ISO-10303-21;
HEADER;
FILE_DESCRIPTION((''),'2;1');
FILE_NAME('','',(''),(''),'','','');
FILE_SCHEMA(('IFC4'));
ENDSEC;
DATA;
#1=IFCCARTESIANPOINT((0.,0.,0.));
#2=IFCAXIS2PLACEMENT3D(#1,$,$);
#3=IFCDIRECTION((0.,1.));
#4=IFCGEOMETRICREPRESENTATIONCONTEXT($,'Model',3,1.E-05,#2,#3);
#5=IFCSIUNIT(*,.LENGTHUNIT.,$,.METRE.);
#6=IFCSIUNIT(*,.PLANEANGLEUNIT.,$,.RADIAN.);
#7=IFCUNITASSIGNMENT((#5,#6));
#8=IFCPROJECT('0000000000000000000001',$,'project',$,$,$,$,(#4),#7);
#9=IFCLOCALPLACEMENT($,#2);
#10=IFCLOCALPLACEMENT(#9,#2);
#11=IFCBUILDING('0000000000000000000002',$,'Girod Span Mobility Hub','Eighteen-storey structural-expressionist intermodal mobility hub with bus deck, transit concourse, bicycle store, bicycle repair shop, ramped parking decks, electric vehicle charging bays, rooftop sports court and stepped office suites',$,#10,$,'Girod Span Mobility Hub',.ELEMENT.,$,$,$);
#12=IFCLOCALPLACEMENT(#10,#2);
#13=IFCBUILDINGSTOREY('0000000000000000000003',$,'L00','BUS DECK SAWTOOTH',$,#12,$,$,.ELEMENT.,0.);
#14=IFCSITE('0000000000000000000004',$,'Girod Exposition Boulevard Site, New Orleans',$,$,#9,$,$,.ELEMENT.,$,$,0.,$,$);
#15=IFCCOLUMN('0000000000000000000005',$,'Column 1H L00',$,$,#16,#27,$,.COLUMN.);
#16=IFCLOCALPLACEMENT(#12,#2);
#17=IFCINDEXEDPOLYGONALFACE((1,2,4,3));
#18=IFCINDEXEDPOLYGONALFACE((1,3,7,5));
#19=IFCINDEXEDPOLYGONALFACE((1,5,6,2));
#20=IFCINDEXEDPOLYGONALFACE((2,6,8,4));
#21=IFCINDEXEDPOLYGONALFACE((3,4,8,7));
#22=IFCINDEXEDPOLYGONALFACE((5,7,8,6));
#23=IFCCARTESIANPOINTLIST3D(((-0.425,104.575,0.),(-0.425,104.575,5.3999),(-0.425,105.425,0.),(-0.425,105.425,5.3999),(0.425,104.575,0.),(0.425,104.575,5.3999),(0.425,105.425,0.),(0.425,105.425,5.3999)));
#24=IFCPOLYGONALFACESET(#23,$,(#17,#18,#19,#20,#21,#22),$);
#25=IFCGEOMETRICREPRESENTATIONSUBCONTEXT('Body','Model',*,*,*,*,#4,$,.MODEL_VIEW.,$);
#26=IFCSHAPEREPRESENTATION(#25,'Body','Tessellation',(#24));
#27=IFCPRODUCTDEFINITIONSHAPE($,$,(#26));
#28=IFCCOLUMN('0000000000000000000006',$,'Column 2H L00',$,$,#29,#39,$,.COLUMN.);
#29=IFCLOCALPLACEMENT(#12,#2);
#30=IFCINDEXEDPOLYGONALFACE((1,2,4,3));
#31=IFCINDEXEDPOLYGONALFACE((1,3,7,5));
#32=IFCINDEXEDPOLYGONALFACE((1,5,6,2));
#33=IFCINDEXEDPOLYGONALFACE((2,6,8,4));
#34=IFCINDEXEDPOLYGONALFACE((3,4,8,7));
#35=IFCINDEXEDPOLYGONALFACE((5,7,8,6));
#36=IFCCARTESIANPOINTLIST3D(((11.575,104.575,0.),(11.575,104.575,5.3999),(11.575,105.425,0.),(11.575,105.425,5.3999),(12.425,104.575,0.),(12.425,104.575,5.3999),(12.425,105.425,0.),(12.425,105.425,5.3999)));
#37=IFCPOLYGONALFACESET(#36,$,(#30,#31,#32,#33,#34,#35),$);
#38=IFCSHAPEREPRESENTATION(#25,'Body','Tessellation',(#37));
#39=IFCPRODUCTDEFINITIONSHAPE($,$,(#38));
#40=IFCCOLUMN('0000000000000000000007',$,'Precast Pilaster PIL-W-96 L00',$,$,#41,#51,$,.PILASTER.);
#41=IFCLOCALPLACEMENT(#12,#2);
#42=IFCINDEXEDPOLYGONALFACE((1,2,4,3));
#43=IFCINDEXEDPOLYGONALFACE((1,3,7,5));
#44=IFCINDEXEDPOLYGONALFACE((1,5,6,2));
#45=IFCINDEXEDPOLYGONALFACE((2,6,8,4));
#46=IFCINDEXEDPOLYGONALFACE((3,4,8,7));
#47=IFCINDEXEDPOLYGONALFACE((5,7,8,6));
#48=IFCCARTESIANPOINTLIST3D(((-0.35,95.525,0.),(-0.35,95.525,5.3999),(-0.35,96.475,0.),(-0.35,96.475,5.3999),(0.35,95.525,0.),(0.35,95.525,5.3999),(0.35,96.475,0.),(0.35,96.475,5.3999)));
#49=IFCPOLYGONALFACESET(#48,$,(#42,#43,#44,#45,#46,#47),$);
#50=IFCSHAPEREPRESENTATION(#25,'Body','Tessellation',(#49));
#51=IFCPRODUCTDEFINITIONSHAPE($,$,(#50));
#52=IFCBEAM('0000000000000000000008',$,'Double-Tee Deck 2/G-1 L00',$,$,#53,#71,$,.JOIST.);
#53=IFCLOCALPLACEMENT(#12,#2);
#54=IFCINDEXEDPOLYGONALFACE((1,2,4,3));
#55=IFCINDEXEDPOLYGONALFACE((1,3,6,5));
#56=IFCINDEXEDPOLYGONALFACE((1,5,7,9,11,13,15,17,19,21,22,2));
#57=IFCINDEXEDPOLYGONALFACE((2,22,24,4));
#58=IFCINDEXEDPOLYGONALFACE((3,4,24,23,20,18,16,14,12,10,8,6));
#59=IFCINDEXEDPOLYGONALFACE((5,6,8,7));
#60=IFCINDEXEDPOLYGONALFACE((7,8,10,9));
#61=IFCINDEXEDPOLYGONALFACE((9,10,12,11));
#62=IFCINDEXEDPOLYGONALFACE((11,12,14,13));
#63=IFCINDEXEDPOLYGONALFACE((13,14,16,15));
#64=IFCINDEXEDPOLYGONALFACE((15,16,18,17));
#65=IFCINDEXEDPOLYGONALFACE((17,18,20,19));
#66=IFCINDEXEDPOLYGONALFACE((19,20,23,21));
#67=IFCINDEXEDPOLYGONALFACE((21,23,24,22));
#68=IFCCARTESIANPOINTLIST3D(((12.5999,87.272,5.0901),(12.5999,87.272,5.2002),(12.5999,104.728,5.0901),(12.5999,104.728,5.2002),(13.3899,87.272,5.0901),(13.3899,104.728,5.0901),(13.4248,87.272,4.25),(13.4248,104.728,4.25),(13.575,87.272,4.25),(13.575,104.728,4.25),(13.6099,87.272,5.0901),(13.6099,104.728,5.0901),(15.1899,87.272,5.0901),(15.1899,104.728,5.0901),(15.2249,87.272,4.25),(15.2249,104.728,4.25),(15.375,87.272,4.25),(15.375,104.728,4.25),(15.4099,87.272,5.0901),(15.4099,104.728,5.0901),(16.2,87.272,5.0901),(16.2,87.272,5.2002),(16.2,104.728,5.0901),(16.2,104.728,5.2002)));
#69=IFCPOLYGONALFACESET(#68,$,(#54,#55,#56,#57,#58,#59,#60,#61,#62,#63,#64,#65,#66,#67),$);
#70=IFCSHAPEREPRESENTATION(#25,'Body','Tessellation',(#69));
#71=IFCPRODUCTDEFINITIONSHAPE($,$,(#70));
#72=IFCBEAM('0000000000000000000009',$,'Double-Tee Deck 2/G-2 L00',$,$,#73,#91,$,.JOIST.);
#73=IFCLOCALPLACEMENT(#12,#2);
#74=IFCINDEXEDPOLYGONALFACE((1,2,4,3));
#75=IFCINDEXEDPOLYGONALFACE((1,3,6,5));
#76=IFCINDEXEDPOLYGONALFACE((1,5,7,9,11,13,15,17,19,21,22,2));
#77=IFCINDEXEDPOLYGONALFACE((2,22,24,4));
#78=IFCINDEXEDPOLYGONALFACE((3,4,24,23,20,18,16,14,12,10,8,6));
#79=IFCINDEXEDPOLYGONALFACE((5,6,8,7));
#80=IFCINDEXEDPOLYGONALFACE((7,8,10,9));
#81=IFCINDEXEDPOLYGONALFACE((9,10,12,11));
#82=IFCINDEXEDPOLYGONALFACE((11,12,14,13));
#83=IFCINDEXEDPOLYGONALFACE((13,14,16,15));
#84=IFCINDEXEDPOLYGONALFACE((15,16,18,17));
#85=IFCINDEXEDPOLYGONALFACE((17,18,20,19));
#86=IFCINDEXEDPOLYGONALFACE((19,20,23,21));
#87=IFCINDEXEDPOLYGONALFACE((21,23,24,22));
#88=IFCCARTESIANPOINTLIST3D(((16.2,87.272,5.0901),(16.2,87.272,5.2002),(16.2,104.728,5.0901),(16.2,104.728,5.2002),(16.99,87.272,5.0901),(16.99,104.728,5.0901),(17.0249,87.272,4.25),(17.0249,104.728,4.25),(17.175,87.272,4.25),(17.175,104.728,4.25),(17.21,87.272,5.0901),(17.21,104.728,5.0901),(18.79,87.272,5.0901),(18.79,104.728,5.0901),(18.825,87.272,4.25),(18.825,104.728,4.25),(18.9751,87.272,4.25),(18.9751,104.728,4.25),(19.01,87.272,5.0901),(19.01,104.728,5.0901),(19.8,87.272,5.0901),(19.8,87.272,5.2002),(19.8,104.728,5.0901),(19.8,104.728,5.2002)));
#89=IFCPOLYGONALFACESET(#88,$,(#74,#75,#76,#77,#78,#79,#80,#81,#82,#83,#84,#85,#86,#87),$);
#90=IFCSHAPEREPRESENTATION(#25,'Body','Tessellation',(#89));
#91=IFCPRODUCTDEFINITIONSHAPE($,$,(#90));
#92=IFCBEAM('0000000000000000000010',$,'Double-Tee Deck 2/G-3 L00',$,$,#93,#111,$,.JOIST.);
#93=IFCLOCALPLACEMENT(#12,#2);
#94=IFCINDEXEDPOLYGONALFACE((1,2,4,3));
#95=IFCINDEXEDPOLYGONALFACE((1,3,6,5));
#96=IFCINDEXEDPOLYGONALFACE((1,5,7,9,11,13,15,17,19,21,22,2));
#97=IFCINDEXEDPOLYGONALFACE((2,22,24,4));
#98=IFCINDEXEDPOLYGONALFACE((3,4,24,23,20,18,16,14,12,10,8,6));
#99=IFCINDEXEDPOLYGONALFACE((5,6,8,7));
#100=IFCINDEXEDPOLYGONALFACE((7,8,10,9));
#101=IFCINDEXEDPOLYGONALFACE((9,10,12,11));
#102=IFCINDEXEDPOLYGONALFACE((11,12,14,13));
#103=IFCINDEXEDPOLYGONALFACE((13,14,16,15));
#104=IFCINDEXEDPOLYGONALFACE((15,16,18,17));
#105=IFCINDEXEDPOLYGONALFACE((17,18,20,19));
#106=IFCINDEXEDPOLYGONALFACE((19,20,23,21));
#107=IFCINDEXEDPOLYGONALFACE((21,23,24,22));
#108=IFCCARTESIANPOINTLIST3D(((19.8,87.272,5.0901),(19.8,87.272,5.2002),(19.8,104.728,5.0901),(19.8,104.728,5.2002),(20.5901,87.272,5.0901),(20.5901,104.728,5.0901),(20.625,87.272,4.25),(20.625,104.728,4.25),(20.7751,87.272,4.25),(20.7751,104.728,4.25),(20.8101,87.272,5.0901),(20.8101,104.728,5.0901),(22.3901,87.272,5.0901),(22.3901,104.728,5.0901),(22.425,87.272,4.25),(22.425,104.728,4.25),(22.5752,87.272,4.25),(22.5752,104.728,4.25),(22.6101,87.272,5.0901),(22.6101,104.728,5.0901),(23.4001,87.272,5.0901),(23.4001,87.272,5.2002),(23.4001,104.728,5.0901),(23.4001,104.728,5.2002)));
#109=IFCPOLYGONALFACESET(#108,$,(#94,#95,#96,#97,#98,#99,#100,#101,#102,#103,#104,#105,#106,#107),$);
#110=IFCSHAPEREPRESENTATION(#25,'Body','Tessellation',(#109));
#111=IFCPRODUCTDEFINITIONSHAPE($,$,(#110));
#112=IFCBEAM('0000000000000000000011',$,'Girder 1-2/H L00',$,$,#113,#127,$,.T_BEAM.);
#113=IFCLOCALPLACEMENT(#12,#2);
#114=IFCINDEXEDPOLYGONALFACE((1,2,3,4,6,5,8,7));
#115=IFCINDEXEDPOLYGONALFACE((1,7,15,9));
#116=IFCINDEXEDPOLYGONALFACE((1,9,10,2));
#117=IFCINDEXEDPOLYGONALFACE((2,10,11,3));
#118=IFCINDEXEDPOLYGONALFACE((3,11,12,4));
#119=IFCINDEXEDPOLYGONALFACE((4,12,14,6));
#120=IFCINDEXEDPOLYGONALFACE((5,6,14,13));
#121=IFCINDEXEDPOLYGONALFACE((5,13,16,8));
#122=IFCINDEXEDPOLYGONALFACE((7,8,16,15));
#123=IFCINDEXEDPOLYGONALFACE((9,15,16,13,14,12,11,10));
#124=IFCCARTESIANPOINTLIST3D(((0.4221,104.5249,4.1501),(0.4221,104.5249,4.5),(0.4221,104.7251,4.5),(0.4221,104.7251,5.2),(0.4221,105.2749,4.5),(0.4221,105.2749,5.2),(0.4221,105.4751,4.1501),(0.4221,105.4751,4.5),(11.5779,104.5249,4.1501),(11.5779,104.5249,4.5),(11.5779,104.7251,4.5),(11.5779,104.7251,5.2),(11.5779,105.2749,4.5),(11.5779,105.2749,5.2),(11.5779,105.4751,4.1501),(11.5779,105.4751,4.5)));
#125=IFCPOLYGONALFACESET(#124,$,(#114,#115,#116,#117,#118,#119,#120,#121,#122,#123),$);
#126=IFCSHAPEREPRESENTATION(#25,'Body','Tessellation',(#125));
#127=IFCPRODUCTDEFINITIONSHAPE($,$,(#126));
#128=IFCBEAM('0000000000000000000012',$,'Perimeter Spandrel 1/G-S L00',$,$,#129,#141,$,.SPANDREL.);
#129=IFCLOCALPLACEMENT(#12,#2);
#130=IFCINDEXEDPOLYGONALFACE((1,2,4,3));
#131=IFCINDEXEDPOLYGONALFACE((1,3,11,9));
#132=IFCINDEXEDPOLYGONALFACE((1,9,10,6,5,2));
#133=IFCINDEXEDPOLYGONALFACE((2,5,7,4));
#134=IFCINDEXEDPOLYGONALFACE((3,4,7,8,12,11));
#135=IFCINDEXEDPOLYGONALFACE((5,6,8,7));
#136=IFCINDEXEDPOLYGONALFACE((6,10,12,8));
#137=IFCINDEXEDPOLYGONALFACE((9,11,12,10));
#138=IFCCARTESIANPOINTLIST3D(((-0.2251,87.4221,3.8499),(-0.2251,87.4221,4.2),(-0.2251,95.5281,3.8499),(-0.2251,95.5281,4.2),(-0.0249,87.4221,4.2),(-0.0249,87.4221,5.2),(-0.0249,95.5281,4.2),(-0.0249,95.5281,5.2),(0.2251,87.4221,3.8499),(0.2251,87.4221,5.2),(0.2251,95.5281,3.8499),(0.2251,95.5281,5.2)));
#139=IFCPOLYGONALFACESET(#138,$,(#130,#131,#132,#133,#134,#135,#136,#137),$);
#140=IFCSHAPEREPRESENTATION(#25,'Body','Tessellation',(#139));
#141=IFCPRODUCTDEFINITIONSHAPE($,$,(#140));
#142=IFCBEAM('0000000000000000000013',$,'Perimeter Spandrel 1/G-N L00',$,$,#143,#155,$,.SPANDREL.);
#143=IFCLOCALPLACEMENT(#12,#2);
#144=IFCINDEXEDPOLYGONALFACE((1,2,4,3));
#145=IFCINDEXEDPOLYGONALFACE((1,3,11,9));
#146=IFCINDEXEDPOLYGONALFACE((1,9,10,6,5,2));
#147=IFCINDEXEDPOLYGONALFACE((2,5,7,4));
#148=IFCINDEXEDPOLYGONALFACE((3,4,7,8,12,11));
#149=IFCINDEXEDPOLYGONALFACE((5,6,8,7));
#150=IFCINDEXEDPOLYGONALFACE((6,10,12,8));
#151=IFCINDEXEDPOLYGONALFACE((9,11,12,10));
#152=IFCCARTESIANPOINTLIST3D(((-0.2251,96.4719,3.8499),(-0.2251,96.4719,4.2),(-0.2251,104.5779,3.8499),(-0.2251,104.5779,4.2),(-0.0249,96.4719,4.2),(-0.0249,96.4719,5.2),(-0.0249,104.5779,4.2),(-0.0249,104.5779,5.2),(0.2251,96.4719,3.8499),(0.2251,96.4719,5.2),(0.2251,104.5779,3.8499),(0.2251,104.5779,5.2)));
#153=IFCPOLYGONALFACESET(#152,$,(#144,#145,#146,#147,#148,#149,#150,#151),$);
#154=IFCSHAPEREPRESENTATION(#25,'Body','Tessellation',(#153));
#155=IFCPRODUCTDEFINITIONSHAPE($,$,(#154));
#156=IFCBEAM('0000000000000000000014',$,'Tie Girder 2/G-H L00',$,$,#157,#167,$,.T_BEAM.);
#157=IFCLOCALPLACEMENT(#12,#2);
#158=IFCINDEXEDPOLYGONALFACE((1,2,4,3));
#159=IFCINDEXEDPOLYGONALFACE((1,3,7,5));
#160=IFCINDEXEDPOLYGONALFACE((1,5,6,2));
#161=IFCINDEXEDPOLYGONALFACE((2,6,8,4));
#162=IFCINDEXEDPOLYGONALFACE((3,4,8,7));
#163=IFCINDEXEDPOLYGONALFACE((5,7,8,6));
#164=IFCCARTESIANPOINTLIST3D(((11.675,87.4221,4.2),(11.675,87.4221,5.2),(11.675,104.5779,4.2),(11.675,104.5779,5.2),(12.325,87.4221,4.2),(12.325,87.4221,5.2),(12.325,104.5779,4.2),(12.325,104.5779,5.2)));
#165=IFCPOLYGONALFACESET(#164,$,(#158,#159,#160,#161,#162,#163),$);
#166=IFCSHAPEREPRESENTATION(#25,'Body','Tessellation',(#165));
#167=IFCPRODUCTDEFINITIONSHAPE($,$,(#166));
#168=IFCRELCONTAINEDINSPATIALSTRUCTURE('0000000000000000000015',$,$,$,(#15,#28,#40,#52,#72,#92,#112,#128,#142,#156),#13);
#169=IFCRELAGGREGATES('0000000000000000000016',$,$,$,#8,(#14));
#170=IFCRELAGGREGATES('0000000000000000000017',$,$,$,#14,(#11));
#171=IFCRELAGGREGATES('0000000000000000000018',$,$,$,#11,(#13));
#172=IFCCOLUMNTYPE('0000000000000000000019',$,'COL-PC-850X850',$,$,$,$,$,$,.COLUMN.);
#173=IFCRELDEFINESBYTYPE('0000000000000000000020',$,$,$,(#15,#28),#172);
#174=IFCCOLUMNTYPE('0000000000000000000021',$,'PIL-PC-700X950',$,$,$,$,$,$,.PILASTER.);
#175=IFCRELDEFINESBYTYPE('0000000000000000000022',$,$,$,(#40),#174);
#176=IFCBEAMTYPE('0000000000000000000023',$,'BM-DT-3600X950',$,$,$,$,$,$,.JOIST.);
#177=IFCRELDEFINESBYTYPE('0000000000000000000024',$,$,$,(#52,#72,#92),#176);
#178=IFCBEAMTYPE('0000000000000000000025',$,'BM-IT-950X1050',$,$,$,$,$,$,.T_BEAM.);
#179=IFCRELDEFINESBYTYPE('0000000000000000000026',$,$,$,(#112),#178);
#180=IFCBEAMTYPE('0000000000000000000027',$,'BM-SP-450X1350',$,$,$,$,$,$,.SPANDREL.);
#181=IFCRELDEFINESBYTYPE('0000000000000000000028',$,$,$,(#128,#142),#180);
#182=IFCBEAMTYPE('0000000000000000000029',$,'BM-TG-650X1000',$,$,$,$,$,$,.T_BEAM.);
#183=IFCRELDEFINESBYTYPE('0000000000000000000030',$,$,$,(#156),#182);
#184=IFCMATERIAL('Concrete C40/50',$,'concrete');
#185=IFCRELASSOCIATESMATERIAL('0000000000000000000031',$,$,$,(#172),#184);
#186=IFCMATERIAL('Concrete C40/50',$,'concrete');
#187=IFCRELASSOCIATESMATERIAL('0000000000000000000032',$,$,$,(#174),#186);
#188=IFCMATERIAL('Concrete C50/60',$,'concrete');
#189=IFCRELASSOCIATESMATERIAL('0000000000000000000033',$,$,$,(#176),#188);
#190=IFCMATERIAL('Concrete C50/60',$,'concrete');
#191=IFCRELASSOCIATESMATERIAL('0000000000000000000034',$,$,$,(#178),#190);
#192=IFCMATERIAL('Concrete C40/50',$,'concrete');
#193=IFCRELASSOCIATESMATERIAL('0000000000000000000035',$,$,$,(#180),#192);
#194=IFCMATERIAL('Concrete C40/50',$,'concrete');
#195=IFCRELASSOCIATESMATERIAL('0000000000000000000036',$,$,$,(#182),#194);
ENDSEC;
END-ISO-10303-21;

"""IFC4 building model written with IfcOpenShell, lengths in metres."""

from ifc_helpers import new_model, si_unit, direction, frame, origin, origin_2d, place, context, subcontext, project, spatial, polyline, rectangle, outline, extrude, material, material_profile, profile_set, type_object, element, save


model = new_model("IFC4")

# Units and contexts
model_context = context("Model", 3, precision=1e-05, world=origin(), true_north=direction((0.0, 1.0)))
body_context = subcontext(model_context, "Body", "Model", "MODEL_VIEW")
ifc_project = project(units=[si_unit("LENGTHUNIT", "METRE"), si_unit("PLANEANGLEUNIT", "RADIAN")], contexts=[model_context])

# Site, building, storey
site_placement = place(None, origin())
site = spatial("IfcSite", under=ifc_project, at=site_placement, Name="Girod Exposition Boulevard Site, New Orleans", CompositionType="ELEMENT", RefElevation=0.0)
building_placement = place(site_placement, origin())
building = spatial("IfcBuilding", under=site, at=building_placement, Name="Girod Span Mobility Hub", Description="Eighteen-storey structural-expressionist intermodal mobility hub with bus deck, transit concourse, bicycle store, bicycle repair shop, ramped parking decks, electric vehicle charging bays, rooftop sports court and stepped office suites", LongName="Girod Span Mobility Hub", CompositionType="ELEMENT")
storey_placement = place(building_placement, origin())
storey = spatial("IfcBuildingStorey", under=building, at=storey_placement, Name="L00", Description="BUS DECK SAWTOOTH", CompositionType="ELEMENT", Elevation=0.0)

# Columns
ifc_material_1 = material(Name="Concrete C40/50", Category="concrete")
ifc_material_profile_1 = material_profile(ifc_material_1, rectangle(XDim=0.8501, YDim=0.8501, at=origin_2d()), Name="PC-COL-850X850")
ifc_profile_set_1 = profile_set([ifc_material_profile_1], Name="Concrete C40/50")
column_type_1 = type_object("IfcColumnType", Name="COL-PC-850X850", PredefinedType="COLUMN", material=ifc_profile_set_1)
for number, where, z_axis, x_axis, name in (
    (1, (0.0, 105.0, 0.0), (0.0, 0.0, 1.0), (1.0, 0.0, 0.0), "Column 1H L00"),
    (2, (12.0, 105.0, 0.0), (0.0, 0.0, 1.0), (1.0, 0.0, 0.0), "Column 2H L00"),
):
    element("IfcColumn", number, at=place(storey_placement, frame(where, z_axis=z_axis, x_axis=x_axis)), inside=storey, type_object=column_type_1, Name=name, PredefinedType="COLUMN", context=body_context, shape_type="SweptSolid", body=[
        extrude(rectangle(XDim=0.8501, YDim=0.8501, at=origin_2d()), origin(), (0.0, 0.0, 1.0), 5.3999),
    ])
ifc_material_2 = material(Name="Concrete C40/50", Category="concrete")
ifc_material_profile_2 = material_profile(ifc_material_2, rectangle(XDim=0.7, YDim=0.95, at=origin_2d()), Name="PC-PIL-700X950")
ifc_profile_set_2 = profile_set([ifc_material_profile_2], Name="Concrete C40/50")
column_type_2 = type_object("IfcColumnType", Name="PIL-PC-700X950", PredefinedType="PILASTER", material=ifc_profile_set_2)
column_placement = place(storey_placement, frame((0.0, 96.0, 0.0), z_axis=(0.0, 0.0, 1.0), x_axis=(1.0, 0.0, 0.0)))
element("IfcColumn", 3, at=column_placement, inside=storey, type_object=column_type_2, Name="Precast Pilaster PIL-W-96 L00", PredefinedType="PILASTER", context=body_context, shape_type="SweptSolid", body=[
    extrude(rectangle(XDim=0.7, YDim=0.95, at=origin_2d()), origin(), (0.0, 0.0, 1.0), 5.3999),
])

# Beams
ifc_material_3 = material(Name="Concrete C50/60", Category="concrete")
ifc_material_profile_3 = material_profile(ifc_material_3, outline(polyline([(-1.8, 0.4751), (-1.8, 0.365), (-1.01, 0.365), (-0.9751, -0.4751), (-0.825, -0.4751), (-0.79, 0.365), (0.79, 0.365), (0.825, -0.4751), (0.9751, -0.4751), (1.01, 0.365), (1.8, 0.365), (1.8, 0.4751), (-1.8, 0.4751)])), Name="DT-3600X950")
ifc_profile_set_3 = profile_set([ifc_material_profile_3], Name="Concrete C50/60")
beam_type_1 = type_object("IfcBeamType", Name="BM-DT-3600X950", PredefinedType="JOIST", material=ifc_profile_set_3)
for number, where, z_axis, x_axis, name in (
    (4, (14.3999, 87.272, 4.7251), (0.0, 1.0, 0.0), (-1.0, 0.0, 0.0), "Double-Tee Deck 2/G-1 L00"),
    (5, (18.0, 87.272, 4.7251), (0.0, 1.0, 0.0), (-1.0, 0.0, 0.0), "Double-Tee Deck 2/G-2 L00"),
    (6, (21.6001, 87.272, 4.7251), (0.0, 1.0, 0.0), (-1.0, 0.0, 0.0), "Double-Tee Deck 2/G-3 L00"),
):
    element("IfcBeam", number, at=place(storey_placement, frame(where, z_axis=z_axis, x_axis=x_axis)), inside=storey, type_object=beam_type_1, Name=name, PredefinedType="JOIST", context=body_context, shape_type="SweptSolid", body=[
        extrude(outline(polyline([(-1.8, 0.4751), (-1.8, 0.365), (-1.01, 0.365), (-0.9751, -0.4751), (-0.825, -0.4751), (-0.79, 0.365), (0.79, 0.365), (0.825, -0.4751), (0.9751, -0.4751), (1.01, 0.365), (1.8, 0.365), (1.8, 0.4751), (-1.8, 0.4751)])), origin(), (0.0, 0.0, 1.0), 17.4561),
    ])
ifc_material_4 = material(Name="Concrete C50/60", Category="concrete")
ifc_material_profile_4 = material_profile(ifc_material_4, outline(polyline([(-0.4751, -0.5249), (0.4751, -0.5249), (0.4751, -0.175), (0.2749, -0.175), (0.2749, 0.5249), (-0.2749, 0.5249), (-0.2749, -0.175), (-0.4751, -0.175), (-0.4751, -0.5249)])), Name="IT-950X1050")
ifc_profile_set_4 = profile_set([ifc_material_profile_4], Name="Concrete C50/60")
beam_type_2 = type_object("IfcBeamType", Name="BM-IT-950X1050", PredefinedType="T_BEAM", material=ifc_profile_set_4)
beam_1_placement = place(storey_placement, frame((0.4221, 105.0, 4.675), z_axis=(1.0, 0.0, 0.0), x_axis=(0.0, 1.0, 0.0)))
element("IfcBeam", 7, at=beam_1_placement, inside=storey, type_object=beam_type_2, Name="Girder 1-2/H L00", PredefinedType="T_BEAM", context=body_context, shape_type="SweptSolid", body=[
    extrude(outline(polyline([(-0.4751, -0.5249), (0.4751, -0.5249), (0.4751, -0.175), (0.2749, -0.175), (0.2749, 0.5249), (-0.2749, 0.5249), (-0.2749, -0.175), (-0.4751, -0.175), (-0.4751, -0.5249)])), origin(), (0.0, 0.0, 1.0), 11.1558),
])
ifc_material_5 = material(Name="Concrete C40/50", Category="concrete")
ifc_material_profile_5 = material_profile(ifc_material_5, outline(polyline([(-0.2251, -0.675), (0.2251, -0.675), (0.2251, -0.325), (0.0249, -0.325), (0.0249, 0.675), (-0.2251, 0.675), (-0.2251, -0.675)])), Name="SP-450X1350")
ifc_profile_set_5 = profile_set([ifc_material_profile_5], Name="Concrete C40/50")
beam_type_3 = type_object("IfcBeamType", Name="BM-SP-450X1350", PredefinedType="SPANDREL", material=ifc_profile_set_5)
for number, where, z_axis, x_axis, name in (
    (8, (0.0, 87.4221, 4.5249), (0.0, 1.0, 0.0), (-1.0, 0.0, 0.0), "Perimeter Spandrel 1/G-S L00"),
    (9, (0.0, 96.4719, 4.5249), (0.0, 1.0, 0.0), (-1.0, 0.0, 0.0), "Perimeter Spandrel 1/G-N L00"),
):
    element("IfcBeam", number, at=place(storey_placement, frame(where, z_axis=z_axis, x_axis=x_axis)), inside=storey, type_object=beam_type_3, Name=name, PredefinedType="SPANDREL", context=body_context, shape_type="SweptSolid", body=[
        extrude(outline(polyline([(-0.2251, -0.675), (0.2251, -0.675), (0.2251, -0.325), (0.0249, -0.325), (0.0249, 0.675), (-0.2251, 0.675), (-0.2251, -0.675)])), origin(), (0.0, 0.0, 1.0), 8.106),
    ])
ifc_material_6 = material(Name="Concrete C40/50", Category="concrete")
ifc_material_profile_6 = material_profile(ifc_material_6, rectangle(XDim=0.6499, YDim=1.0, at=origin_2d()), Name="TG-650X1000")
ifc_profile_set_6 = profile_set([ifc_material_profile_6], Name="Concrete C40/50")
beam_type_4 = type_object("IfcBeamType", Name="BM-TG-650X1000", PredefinedType="T_BEAM", material=ifc_profile_set_6)
beam_2_placement = place(storey_placement, frame((12.0, 87.4221, 4.7), z_axis=(0.0, 1.0, 0.0), x_axis=(-1.0, 0.0, 0.0)))
element("IfcBeam", 10, at=beam_2_placement, inside=storey, type_object=beam_type_4, Name="Tie Girder 2/G-H L00", PredefinedType="T_BEAM", context=body_context, shape_type="SweptSolid", body=[
    extrude(rectangle(XDim=0.6499, YDim=1.0, at=origin_2d()), origin(), (0.0, 0.0, 1.0), 17.1558),
])

save(model, "model.ifc")
